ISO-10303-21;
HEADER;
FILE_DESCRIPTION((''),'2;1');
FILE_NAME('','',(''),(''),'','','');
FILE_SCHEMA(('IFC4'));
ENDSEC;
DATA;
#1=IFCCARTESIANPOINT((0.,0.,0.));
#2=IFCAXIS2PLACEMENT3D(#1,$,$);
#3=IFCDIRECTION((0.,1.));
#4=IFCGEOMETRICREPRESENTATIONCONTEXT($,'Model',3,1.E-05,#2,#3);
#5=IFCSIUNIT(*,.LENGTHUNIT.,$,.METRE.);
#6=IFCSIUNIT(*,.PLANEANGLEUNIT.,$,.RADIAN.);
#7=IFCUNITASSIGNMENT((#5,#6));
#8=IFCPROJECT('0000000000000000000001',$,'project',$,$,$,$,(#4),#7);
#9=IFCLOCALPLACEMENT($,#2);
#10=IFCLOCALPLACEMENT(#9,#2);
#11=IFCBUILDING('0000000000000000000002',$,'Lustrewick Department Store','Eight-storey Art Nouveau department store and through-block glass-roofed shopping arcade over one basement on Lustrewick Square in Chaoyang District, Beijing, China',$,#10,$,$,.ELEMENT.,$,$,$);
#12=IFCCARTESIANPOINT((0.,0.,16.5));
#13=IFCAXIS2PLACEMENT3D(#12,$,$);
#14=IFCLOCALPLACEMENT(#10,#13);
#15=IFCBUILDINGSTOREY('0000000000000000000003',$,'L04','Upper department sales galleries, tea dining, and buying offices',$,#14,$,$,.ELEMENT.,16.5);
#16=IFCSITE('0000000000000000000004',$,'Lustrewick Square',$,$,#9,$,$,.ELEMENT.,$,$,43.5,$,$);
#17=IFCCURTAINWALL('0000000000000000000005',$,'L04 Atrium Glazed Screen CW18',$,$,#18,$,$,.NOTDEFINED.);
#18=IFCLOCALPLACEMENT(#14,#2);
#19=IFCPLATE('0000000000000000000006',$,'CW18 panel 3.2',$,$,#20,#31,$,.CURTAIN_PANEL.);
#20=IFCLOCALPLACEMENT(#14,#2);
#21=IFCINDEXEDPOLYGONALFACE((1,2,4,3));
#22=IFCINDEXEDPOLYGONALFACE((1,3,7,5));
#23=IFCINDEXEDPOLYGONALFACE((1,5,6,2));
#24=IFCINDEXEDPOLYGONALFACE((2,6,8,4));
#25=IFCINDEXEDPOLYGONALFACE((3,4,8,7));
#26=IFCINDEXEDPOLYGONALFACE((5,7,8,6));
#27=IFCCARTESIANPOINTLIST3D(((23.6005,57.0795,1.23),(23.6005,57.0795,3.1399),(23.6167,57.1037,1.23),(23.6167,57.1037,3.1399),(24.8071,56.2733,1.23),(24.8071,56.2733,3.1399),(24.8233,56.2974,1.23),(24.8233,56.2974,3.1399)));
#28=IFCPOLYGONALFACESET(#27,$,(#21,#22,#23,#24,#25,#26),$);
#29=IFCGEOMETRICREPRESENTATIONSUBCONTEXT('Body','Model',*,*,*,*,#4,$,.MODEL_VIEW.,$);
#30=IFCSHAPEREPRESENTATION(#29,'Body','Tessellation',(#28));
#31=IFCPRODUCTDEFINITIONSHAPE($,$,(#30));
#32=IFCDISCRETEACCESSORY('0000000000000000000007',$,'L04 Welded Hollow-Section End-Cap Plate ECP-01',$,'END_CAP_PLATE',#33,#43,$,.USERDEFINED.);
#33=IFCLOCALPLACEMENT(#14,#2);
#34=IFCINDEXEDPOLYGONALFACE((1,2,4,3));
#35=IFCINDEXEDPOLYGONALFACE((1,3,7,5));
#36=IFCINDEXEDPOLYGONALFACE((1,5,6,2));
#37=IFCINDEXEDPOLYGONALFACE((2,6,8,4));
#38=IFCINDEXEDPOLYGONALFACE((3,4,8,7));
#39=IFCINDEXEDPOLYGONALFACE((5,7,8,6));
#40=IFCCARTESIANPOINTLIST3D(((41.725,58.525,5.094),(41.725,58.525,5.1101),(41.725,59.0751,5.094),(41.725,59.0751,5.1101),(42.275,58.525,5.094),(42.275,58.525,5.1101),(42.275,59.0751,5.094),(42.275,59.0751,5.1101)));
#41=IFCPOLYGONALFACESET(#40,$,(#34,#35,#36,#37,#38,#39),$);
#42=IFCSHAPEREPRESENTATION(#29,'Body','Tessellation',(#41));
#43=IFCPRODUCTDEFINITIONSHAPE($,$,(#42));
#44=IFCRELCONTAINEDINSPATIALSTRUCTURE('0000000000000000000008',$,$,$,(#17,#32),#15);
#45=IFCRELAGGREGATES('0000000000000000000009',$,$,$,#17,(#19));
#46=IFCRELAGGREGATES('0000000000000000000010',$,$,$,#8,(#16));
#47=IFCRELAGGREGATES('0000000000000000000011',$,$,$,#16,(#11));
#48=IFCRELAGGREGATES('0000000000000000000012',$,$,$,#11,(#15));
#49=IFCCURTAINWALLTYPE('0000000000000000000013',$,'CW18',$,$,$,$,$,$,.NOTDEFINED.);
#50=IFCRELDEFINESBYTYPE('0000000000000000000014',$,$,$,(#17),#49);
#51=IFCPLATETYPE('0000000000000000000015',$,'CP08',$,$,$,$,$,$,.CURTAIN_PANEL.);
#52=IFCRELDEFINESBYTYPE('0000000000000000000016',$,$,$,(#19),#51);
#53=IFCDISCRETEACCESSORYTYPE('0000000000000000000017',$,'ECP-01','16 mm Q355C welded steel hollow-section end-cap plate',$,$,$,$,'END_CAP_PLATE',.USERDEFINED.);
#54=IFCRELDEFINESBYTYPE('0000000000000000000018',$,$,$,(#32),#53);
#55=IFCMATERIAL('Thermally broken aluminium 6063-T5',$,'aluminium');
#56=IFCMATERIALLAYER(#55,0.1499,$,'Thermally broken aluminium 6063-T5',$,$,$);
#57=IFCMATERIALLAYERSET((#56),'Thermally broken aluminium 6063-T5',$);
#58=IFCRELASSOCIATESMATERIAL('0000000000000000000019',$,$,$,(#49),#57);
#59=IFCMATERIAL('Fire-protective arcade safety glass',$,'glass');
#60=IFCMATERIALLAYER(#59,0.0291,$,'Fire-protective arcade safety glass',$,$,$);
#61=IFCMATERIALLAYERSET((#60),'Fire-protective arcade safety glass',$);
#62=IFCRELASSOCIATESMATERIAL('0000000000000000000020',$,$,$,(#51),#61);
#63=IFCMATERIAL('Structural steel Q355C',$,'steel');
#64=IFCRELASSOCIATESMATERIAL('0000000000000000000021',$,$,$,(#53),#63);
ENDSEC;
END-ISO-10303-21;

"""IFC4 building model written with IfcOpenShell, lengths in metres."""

from ifc_helpers import new_model, si_unit, direction, frame, origin, origin_2d, place, context, subcontext, project, spatial, rectangle, extrude, material, layer, layer_set, type_object, element, aggregate, save


model = new_model("IFC4")

# Units and contexts
model_context = context("Model", 3, precision=1e-05, world=origin(), true_north=direction((0.0, 1.0)))
body_context = subcontext(model_context, "Body", "Model", "MODEL_VIEW")
ifc_project = project(units=[si_unit("LENGTHUNIT", "METRE"), si_unit("PLANEANGLEUNIT", "RADIAN")], contexts=[model_context])

# Site, building, storey
site_placement = place(None, origin())
site = spatial("IfcSite", under=ifc_project, at=site_placement, Name="Lustrewick Square", CompositionType="ELEMENT", RefElevation=43.5)
building_placement = place(site_placement, origin())
building = spatial("IfcBuilding", under=site, at=building_placement, Name="Lustrewick Department Store", Description="Eight-storey Art Nouveau department store and through-block glass-roofed shopping arcade over one basement on Lustrewick Square in Chaoyang District, Beijing, China", CompositionType="ELEMENT")
storey_placement = place(building_placement, frame((0.0, 0.0, 16.5)))
storey = spatial("IfcBuildingStorey", under=building, at=storey_placement, Name="L04", Description="Upper department sales galleries, tea dining, and buying offices", CompositionType="ELEMENT", Elevation=16.5)

# Shared definitions
ifc_material_1 = material(Name="Structural steel Q355C", Category="steel")

# Curtain wall
ifc_material_2 = material(Name="Thermally broken aluminium 6063-T5", Category="aluminium")
ifc_layer_1 = layer(ifc_material_2, 0.1499, Name="Thermally broken aluminium 6063-T5")
ifc_layer_set_1 = layer_set([ifc_layer_1], Name="Thermally broken aluminium 6063-T5")
curtain_wall_type_1 = type_object("IfcCurtainWallType", Name="CW18", PredefinedType="NOTDEFINED", material=ifc_layer_set_1)
curtain_wall_1_placement = place(storey_placement, origin())
curtain_wall_1 = element("IfcCurtainWall", 1, at=curtain_wall_1_placement, inside=storey, type_object=curtain_wall_type_1, Name="L04 Atrium Glazed Screen CW18", PredefinedType="NOTDEFINED")

# Plate
ifc_material_3 = material(Name="Fire-protective arcade safety glass", Category="glass")
ifc_layer_2 = layer(ifc_material_3, 0.0291, Name="Fire-protective arcade safety glass")
ifc_layer_set_2 = layer_set([ifc_layer_2], Name="Fire-protective arcade safety glass")
plate_type_1 = type_object("IfcPlateType", Name="CP08", PredefinedType="CURTAIN_PANEL", material=ifc_layer_set_2)
plate_1_placement = place(storey_placement, frame((24.2119, 56.6885, 1.23), z_axis=(0.0, 0.0, 1.0), x_axis=(0.831464, -0.555578, 0.0)))
plate_1 = element("IfcPlate", 2, at=plate_1_placement, type_object=plate_type_1, Name="CW18 panel 3.2", PredefinedType="CURTAIN_PANEL", context=body_context, shape_type="SweptSolid", body=[
    extrude(rectangle(XDim=1.4512, YDim=0.0291, at=origin_2d()), origin(), (0.0, 0.0, 1.0), 1.9099),
])
aggregate(curtain_wall_1, [plate_1])

# Discrete accessory
discrete_accessory_type = type_object("IfcDiscreteAccessoryType", Name="ECP-01", Description="16 mm Q355C welded steel hollow-section end-cap plate", ElementType="END_CAP_PLATE", PredefinedType="USERDEFINED", material=ifc_material_1)
discrete_accessory_placement = place(storey_placement, frame((42.0, 58.8, 5.094), z_axis=(0.0, 0.0, 1.0), x_axis=(1.0, 0.0, 0.0)))
element("IfcDiscreteAccessory", 3, at=discrete_accessory_placement, inside=storey, type_object=discrete_accessory_type, Name="L04 Welded Hollow-Section End-Cap Plate ECP-01", ObjectType="END_CAP_PLATE", PredefinedType="USERDEFINED", context=body_context, shape_type="SweptSolid", body=[
    extrude(rectangle(XDim=0.55, YDim=0.55, at=origin_2d()), origin(), (0.0, 0.0, 1.0), 0.0161),
])

save(model, "model.ifc")
